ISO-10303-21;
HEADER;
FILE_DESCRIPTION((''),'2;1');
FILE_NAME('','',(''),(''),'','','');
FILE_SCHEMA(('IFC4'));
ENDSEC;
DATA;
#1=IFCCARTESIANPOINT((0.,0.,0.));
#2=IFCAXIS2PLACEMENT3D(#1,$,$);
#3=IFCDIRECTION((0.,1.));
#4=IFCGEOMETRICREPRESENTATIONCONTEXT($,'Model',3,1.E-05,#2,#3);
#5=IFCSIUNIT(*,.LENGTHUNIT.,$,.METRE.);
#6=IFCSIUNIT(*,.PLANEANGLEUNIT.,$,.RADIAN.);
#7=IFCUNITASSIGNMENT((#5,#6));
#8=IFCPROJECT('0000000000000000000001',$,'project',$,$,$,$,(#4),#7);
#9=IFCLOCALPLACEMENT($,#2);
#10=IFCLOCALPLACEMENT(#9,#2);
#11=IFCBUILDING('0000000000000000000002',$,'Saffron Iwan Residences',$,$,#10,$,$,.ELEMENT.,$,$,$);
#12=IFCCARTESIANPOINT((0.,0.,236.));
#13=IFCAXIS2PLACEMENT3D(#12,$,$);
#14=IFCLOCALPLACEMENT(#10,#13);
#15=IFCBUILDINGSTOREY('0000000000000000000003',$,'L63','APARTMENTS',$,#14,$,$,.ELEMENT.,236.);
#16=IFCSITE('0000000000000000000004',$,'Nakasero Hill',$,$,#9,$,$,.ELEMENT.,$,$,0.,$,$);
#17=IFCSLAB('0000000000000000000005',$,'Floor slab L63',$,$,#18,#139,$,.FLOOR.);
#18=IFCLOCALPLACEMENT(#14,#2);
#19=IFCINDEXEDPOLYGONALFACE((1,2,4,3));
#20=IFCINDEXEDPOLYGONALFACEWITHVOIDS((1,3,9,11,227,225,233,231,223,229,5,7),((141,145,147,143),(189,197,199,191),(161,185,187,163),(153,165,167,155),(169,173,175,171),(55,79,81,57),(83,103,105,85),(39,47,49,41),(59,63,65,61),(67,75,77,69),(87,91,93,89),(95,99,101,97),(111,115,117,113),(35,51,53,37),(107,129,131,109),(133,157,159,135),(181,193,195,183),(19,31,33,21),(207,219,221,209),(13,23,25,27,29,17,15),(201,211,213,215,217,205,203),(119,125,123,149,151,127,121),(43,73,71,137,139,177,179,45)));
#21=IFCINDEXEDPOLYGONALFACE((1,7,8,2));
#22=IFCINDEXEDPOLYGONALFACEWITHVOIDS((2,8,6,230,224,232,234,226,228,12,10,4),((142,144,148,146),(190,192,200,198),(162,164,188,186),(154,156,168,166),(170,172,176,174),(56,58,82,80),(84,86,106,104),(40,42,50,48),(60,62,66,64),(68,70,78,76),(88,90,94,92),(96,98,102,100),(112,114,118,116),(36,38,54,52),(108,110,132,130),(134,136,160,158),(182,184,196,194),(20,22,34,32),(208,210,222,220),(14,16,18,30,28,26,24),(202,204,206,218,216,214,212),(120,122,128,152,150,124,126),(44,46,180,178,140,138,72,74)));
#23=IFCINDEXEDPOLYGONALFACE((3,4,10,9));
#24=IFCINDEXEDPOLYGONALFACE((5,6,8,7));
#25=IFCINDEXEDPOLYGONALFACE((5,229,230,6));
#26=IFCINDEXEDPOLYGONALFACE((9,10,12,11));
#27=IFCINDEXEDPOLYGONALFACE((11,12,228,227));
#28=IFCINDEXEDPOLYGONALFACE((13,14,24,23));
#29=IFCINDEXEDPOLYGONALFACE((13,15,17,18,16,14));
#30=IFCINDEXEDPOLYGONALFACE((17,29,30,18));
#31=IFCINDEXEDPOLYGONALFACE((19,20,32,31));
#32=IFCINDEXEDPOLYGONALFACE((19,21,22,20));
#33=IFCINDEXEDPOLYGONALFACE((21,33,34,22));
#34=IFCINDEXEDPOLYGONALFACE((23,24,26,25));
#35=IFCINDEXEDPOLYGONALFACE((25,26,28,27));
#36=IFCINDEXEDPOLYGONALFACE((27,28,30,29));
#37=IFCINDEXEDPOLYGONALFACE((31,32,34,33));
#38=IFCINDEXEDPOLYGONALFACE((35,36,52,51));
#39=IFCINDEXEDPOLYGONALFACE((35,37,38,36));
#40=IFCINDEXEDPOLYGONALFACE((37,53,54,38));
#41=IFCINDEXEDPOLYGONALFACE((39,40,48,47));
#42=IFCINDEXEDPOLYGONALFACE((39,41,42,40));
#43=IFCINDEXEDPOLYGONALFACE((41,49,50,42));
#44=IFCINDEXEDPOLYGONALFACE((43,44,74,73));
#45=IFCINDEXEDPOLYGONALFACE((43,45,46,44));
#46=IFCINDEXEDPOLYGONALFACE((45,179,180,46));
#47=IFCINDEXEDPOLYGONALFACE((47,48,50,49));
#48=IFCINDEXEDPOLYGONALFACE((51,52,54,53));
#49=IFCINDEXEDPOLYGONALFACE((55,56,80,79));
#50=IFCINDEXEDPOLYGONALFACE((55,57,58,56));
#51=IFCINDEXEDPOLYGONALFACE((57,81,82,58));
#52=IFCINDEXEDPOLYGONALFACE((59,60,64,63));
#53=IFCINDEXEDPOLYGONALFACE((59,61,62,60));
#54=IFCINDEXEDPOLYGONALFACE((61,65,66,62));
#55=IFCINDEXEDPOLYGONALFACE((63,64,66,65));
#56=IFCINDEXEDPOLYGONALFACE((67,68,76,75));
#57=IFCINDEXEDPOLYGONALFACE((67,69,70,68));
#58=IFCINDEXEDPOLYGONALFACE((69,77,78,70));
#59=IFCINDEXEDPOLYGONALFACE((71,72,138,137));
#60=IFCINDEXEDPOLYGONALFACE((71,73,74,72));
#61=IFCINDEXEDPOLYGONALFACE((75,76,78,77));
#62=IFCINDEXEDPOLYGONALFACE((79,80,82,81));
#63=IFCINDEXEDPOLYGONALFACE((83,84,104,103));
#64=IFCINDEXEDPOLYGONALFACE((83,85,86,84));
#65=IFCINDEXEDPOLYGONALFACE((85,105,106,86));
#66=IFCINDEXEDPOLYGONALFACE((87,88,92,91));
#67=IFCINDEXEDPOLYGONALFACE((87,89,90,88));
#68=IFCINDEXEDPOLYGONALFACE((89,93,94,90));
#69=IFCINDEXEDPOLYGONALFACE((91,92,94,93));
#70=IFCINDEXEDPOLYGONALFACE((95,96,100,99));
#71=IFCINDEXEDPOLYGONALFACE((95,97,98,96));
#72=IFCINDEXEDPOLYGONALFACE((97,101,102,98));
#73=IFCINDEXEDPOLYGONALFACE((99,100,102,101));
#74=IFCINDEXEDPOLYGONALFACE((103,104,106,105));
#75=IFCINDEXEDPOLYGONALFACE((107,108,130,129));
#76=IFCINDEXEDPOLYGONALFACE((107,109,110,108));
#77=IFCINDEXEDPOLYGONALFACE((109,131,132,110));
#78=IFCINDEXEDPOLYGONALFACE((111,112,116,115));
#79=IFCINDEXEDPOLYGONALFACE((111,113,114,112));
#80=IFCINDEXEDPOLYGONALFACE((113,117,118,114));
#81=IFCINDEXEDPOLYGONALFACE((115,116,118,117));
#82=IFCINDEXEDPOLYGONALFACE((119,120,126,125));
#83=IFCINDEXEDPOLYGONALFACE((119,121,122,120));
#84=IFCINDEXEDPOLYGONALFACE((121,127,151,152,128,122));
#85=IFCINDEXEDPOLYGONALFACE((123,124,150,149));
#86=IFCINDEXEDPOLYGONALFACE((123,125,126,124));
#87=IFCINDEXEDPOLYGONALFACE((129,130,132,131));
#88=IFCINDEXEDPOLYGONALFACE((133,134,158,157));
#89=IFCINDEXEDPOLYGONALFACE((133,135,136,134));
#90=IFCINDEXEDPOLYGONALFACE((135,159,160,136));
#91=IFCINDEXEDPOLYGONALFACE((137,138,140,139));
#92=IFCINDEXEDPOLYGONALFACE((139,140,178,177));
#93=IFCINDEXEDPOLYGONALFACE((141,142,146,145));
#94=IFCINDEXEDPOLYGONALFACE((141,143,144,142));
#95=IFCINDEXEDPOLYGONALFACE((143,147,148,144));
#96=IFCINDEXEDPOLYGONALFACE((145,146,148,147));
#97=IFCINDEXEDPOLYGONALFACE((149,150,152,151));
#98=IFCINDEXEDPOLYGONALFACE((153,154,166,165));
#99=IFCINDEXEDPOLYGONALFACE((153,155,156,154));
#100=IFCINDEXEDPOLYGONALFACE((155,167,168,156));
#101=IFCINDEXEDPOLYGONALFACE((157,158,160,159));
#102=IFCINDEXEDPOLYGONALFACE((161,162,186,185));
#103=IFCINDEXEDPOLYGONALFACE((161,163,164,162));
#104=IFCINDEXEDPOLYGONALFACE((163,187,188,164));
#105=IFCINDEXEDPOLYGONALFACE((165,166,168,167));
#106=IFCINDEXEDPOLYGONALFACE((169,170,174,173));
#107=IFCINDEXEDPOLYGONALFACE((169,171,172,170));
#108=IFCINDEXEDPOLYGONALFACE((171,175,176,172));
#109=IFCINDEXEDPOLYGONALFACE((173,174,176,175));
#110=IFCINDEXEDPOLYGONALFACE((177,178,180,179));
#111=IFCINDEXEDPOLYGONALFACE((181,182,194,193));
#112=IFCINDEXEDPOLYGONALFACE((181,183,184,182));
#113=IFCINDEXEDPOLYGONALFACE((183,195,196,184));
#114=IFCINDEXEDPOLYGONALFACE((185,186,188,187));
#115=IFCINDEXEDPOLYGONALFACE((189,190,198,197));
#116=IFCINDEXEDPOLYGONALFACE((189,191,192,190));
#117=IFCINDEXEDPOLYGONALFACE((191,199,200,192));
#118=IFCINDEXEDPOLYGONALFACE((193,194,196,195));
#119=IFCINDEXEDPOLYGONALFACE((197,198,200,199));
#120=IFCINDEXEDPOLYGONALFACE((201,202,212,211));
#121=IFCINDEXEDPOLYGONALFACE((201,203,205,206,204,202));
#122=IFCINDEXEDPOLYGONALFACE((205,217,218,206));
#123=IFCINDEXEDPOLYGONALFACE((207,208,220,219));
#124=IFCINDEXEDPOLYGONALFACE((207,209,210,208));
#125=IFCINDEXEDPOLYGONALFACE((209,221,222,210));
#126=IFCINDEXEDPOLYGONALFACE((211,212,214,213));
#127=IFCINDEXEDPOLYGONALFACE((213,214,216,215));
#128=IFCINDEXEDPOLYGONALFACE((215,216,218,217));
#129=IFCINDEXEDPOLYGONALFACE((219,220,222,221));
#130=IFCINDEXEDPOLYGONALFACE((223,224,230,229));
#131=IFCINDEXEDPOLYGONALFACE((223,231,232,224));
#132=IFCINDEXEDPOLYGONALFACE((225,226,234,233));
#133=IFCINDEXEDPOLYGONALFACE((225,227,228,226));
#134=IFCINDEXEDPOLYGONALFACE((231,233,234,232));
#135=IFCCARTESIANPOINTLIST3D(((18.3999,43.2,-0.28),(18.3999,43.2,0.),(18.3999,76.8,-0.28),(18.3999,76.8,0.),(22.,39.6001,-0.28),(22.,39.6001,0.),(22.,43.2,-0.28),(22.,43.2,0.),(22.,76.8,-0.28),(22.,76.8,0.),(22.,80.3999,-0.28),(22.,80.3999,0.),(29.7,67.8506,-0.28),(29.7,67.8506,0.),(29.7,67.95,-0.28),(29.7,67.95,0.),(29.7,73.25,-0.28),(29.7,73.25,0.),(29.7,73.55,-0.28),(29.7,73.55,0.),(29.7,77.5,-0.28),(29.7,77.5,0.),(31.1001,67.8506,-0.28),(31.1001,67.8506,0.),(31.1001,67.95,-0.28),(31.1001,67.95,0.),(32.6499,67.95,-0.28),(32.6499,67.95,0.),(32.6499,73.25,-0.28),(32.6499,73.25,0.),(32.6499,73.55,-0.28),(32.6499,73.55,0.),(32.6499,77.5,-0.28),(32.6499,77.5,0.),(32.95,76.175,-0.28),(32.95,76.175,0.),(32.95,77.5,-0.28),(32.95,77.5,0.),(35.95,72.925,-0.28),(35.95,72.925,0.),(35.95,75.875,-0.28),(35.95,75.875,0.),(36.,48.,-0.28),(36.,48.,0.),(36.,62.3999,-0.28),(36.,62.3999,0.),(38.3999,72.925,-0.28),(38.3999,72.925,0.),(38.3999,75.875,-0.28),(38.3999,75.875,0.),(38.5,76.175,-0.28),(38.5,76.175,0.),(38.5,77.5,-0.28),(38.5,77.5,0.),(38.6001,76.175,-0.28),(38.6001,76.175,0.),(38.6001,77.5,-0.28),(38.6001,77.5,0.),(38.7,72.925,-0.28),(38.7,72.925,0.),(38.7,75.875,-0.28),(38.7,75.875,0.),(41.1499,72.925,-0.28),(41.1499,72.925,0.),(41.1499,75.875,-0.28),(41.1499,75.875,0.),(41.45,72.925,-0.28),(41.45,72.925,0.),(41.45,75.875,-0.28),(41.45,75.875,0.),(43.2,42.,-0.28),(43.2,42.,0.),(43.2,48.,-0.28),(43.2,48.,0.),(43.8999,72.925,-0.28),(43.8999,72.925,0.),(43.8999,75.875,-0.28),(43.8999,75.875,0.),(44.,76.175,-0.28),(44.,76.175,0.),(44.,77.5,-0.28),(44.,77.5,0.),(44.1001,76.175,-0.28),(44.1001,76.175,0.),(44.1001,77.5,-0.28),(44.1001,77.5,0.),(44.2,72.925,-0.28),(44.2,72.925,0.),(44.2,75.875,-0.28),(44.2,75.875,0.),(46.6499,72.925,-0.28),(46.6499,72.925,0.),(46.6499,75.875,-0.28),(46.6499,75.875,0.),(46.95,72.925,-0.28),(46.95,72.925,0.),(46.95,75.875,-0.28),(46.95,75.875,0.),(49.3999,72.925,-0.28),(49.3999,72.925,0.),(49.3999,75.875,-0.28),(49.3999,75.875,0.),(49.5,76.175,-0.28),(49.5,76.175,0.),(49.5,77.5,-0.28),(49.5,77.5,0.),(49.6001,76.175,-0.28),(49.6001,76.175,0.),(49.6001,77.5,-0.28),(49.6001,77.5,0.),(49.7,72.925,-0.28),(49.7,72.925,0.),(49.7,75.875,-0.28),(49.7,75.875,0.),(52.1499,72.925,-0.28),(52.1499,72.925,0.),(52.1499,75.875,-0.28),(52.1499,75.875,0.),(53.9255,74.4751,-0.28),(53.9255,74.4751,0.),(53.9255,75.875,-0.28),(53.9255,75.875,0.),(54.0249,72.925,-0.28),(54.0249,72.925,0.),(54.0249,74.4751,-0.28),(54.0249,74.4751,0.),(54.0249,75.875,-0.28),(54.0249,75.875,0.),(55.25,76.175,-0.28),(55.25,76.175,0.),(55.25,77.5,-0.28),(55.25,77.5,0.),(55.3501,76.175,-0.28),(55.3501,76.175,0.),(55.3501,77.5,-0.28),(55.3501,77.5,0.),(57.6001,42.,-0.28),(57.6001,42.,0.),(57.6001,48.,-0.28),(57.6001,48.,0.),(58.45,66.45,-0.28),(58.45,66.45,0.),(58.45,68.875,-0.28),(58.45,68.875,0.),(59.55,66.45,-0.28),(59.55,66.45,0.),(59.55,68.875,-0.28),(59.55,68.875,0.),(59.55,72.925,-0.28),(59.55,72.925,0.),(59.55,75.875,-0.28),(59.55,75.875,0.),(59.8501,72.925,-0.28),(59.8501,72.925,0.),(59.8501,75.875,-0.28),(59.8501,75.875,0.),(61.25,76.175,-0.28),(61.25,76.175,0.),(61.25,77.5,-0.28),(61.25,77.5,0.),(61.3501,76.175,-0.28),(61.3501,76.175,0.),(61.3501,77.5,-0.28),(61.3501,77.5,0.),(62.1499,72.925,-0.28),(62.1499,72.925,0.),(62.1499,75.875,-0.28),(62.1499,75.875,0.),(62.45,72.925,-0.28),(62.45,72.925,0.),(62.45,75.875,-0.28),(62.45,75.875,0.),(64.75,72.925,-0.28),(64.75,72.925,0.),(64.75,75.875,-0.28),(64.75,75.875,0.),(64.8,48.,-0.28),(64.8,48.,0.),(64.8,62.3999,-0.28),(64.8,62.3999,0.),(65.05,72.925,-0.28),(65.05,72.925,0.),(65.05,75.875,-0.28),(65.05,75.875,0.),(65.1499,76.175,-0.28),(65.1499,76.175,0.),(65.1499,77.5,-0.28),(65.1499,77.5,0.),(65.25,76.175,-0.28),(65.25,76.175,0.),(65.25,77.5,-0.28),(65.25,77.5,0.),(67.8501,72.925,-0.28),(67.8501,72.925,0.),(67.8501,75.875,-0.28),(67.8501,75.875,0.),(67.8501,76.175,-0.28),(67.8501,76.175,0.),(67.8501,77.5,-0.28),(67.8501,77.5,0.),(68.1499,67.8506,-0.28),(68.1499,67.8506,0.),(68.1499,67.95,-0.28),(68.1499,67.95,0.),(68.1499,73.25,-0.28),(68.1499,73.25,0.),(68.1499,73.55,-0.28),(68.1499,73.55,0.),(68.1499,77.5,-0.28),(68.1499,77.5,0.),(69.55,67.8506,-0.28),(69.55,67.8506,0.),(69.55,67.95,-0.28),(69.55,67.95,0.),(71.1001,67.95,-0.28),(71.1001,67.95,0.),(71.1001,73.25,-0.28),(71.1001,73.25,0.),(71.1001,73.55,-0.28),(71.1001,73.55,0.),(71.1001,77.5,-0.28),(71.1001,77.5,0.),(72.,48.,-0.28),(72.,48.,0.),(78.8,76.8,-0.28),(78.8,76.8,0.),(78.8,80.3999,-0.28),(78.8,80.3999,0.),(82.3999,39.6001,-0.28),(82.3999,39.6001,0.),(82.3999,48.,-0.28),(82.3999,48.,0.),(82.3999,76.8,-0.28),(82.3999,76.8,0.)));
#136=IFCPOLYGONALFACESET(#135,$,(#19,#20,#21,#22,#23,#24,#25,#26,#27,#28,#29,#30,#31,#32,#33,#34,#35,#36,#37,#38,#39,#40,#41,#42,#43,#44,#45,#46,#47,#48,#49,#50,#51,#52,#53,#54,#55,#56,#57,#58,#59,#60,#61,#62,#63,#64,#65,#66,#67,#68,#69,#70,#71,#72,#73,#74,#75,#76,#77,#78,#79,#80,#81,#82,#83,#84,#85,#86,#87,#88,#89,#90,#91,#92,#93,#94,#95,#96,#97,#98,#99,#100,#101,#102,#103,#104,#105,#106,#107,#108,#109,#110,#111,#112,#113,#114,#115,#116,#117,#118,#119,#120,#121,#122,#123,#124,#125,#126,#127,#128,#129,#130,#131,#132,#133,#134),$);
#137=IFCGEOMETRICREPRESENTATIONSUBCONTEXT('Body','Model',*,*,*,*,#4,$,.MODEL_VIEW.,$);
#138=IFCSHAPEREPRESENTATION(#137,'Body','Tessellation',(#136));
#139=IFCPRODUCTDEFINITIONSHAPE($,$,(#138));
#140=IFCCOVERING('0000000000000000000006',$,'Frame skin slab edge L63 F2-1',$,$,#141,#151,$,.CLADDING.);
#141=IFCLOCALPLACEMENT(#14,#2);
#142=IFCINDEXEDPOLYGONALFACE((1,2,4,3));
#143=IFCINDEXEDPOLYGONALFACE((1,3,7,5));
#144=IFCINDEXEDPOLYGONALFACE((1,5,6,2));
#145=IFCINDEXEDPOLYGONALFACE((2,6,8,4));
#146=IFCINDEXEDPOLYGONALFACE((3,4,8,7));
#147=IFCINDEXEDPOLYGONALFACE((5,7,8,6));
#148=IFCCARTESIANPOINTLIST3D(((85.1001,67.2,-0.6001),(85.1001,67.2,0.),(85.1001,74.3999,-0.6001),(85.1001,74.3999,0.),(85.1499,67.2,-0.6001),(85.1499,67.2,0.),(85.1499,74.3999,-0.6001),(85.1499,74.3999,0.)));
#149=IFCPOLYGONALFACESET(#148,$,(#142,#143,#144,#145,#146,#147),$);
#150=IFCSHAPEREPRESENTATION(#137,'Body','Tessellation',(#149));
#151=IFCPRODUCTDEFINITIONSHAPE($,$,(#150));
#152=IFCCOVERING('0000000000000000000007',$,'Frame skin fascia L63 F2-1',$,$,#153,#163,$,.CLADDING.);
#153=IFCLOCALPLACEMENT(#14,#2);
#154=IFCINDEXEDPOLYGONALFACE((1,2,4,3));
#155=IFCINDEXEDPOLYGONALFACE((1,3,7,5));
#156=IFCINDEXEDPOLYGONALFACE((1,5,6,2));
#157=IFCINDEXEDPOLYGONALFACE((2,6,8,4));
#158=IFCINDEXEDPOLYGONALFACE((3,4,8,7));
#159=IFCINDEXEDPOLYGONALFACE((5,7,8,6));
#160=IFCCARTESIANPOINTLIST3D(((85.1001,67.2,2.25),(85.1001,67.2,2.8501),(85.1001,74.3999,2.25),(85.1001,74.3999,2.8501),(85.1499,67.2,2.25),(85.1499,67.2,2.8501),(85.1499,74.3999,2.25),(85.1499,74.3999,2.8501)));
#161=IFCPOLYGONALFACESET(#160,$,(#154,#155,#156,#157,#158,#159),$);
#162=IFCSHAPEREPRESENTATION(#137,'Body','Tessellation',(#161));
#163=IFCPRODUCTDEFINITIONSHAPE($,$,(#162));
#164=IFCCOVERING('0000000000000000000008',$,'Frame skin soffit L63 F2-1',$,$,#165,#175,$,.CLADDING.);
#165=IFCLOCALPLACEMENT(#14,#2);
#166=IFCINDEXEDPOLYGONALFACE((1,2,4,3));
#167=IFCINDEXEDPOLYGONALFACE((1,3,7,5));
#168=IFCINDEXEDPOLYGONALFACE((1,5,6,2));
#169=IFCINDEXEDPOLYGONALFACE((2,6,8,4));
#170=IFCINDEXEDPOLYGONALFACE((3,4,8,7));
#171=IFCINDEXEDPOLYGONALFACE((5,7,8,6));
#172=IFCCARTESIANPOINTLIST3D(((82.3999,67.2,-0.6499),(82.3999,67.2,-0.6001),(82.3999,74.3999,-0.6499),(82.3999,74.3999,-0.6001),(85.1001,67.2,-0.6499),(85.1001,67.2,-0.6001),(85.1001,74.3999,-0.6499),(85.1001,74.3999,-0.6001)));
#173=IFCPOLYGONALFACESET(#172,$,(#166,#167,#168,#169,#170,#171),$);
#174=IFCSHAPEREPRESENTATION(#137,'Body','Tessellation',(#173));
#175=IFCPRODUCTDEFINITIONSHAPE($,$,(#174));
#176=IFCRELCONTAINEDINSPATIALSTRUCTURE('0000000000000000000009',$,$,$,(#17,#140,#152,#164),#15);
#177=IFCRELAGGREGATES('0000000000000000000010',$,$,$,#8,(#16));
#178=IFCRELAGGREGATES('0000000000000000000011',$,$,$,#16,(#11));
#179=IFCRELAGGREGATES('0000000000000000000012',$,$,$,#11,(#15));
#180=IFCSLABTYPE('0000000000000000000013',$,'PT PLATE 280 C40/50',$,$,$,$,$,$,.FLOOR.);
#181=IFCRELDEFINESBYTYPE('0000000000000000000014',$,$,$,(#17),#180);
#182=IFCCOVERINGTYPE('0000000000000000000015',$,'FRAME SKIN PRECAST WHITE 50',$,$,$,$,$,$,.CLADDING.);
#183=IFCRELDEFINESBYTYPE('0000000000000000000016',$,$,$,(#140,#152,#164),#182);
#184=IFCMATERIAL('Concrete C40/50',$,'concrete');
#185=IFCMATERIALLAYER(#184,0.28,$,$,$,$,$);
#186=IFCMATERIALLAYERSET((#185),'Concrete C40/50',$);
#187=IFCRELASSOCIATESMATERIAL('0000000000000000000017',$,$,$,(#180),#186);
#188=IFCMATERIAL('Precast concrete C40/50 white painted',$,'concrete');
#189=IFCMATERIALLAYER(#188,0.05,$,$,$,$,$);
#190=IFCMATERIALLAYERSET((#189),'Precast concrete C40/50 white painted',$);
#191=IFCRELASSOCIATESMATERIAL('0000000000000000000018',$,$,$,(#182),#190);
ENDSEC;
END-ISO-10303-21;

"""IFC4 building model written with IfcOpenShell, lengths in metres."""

from ifc_helpers import new_model, si_unit, direction, frame, origin, place, context, subcontext, project, spatial, polyline, outline, extrude, material, layer, layer_set, type_object, element, save


model = new_model("IFC4")

# Units and contexts
model_context = context("Model", 3, precision=1e-05, world=origin(), true_north=direction((0.0, 1.0)))
body_context = subcontext(model_context, "Body", "Model", "MODEL_VIEW")
ifc_project = project(units=[si_unit("LENGTHUNIT", "METRE"), si_unit("PLANEANGLEUNIT", "RADIAN")], contexts=[model_context])

# Site, building, storey
site_placement = place(None, origin())
site = spatial("IfcSite", under=ifc_project, at=site_placement, Name="Nakasero Hill", CompositionType="ELEMENT", RefElevation=0.0)
building_placement = place(site_placement, origin())
building = spatial("IfcBuilding", under=site, at=building_placement, Name="Saffron Iwan Residences", CompositionType="ELEMENT")
storey_placement = place(building_placement, frame((0.0, 0.0, 236.0)))
storey = spatial("IfcBuildingStorey", under=building, at=storey_placement, Name="L63", Description="APARTMENTS", CompositionType="ELEMENT", Elevation=236.0)

# Slab
ifc_material_1 = material(Name="Concrete C40/50", Category="concrete")
ifc_layer_1 = layer(ifc_material_1, 0.28)
ifc_layer_set_1 = layer_set([ifc_layer_1], Name="Concrete C40/50")
slab_type_1 = type_object("IfcSlabType", Name="PT PLATE 280 C40/50", PredefinedType="FLOOR", material=ifc_layer_set_1)
slab_1_placement = place(storey_placement, frame((0.0, 0.0, -0.28)))
element("IfcSlab", 1, at=slab_1_placement, inside=storey, type_object=slab_type_1, Name="Floor slab L63", PredefinedType="FLOOR", context=body_context, shape_type="SweptSolid", body=[
    extrude(outline(polyline([(18.3999, 43.2), (18.3999, 76.8), (22.0, 76.8), (22.0, 80.3999), (78.8, 80.3999), (78.8, 76.8), (82.3999, 76.8), (82.3999, 48.0), (72.0, 48.0), (82.3999, 39.6001), (22.0, 39.6001), (22.0, 43.2), (18.3999, 43.2)]), holes=[polyline([(64.8, 48.0), (64.8, 62.3999), (36.0, 62.3999), (36.0, 48.0), (43.2, 48.0), (43.2, 42.0), (57.6001, 42.0), (57.6001, 48.0), (64.8, 48.0)]), polyline([(29.7, 73.25), (29.7, 67.95), (29.7, 67.8506), (31.1001, 67.8506), (31.1001, 67.95), (32.6499, 67.95), (32.6499, 73.25), (29.7, 73.25)]), polyline([(38.3999, 75.875), (35.95, 75.875), (35.95, 72.925), (38.3999, 72.925), (38.3999, 75.875)]), polyline([(41.1499, 75.875), (38.7, 75.875), (38.7, 72.925), (41.1499, 72.925), (41.1499, 75.875)]), polyline([(43.8999, 72.925), (43.8999, 75.875), (41.45, 75.875), (41.45, 72.925), (43.8999, 72.925)]), polyline([(46.6499, 72.925), (46.6499, 75.875), (44.2, 75.875), (44.2, 72.925), (46.6499, 72.925)]), polyline([(49.3999, 75.875), (46.95, 75.875), (46.95, 72.925), (49.3999, 72.925), (49.3999, 75.875)]), polyline([(52.1499, 72.925), (52.1499, 75.875), (49.7, 75.875), (49.7, 72.925), (52.1499, 72.925)]), polyline([(32.6499, 73.55), (32.6499, 77.5), (29.7, 77.5), (29.7, 73.55), (32.6499, 73.55)]), polyline([(38.5, 77.5), (32.95, 77.5), (32.95, 76.175), (38.5, 76.175), (38.5, 77.5)]), polyline([(44.0, 76.175), (44.0, 77.5), (38.6001, 77.5), (38.6001, 76.175), (44.0, 76.175)]), polyline([(49.5, 76.175), (49.5, 77.5), (44.1001, 77.5), (44.1001, 76.175), (49.5, 76.175)]), polyline([(59.55, 68.875), (58.45, 68.875), (58.45, 66.45), (59.55, 66.45), (59.55, 68.875)]), polyline([(68.1499, 73.25), (68.1499, 67.95), (68.1499, 67.8506), (69.55, 67.8506), (69.55, 67.95), (71.1001, 67.95), (71.1001, 73.25), (68.1499, 73.25)]), polyline([(54.0249, 74.4751), (54.0249, 72.925), (59.55, 72.925), (59.55, 75.875), (54.0249, 75.875), (53.9255, 75.875), (53.9255, 74.4751), (54.0249, 74.4751)]), polyline([(62.1499, 72.925), (62.1499, 75.875), (59.8501, 75.875), (59.8501, 72.925), (62.1499, 72.925)]), polyline([(64.75, 72.925), (64.75, 75.875), (62.45, 75.875), (62.45, 72.925), (64.75, 72.925)]), polyline([(67.8501, 75.875), (65.05, 75.875), (65.05, 72.925), (67.8501, 72.925), (67.8501, 75.875)]), polyline([(71.1001, 73.55), (71.1001, 77.5), (68.1499, 77.5), (68.1499, 73.55), (71.1001, 73.55)]), polyline([(55.25, 76.175), (55.25, 77.5), (49.6001, 77.5), (49.6001, 76.175), (55.25, 76.175)]), polyline([(61.25, 77.5), (55.3501, 77.5), (55.3501, 76.175), (61.25, 76.175), (61.25, 77.5)]), polyline([(65.1499, 76.175), (65.1499, 77.5), (61.3501, 77.5), (61.3501, 76.175), (65.1499, 76.175)]), polyline([(67.8501, 76.175), (67.8501, 77.5), (65.25, 77.5), (65.25, 76.175), (67.8501, 76.175)])]), origin(), (0.0, 0.0, 1.0), 0.28),
])

# Coverings
ifc_material_2 = material(Name="Precast concrete C40/50 white painted", Category="concrete")
ifc_layer_2 = layer(ifc_material_2, 0.05)
ifc_layer_set_2 = layer_set([ifc_layer_2], Name="Precast concrete C40/50 white painted")
covering_type_1 = type_object("IfcCoveringType", Name="FRAME SKIN PRECAST WHITE 50", PredefinedType="CLADDING", material=ifc_layer_set_2)
for number, where, name in (
    (2, (0.0, 0.0, -0.6001), "Frame skin slab edge L63 F2-1"),
    (3, (0.0, 0.0, 2.25), "Frame skin fascia L63 F2-1"),
):
    element("IfcCovering", number, at=place(storey_placement, frame(where)), inside=storey, type_object=covering_type_1, Name=name, PredefinedType="CLADDING", context=body_context, shape_type="SweptSolid", body=[
        extrude(outline(polyline([(85.1499, 67.2), (85.1499, 74.3999), (85.1001, 74.3999), (85.1001, 67.2), (85.1499, 67.2)])), origin(), (0.0, 0.0, 1.0), 0.6001),
    ])
covering_1_placement = place(storey_placement, frame((0.0, 0.0, -0.6499)))
element("IfcCovering", 4, at=covering_1_placement, inside=storey, type_object=covering_type_1, Name="Frame skin soffit L63 F2-1", PredefinedType="CLADDING", context=body_context, shape_type="SweptSolid", body=[
    extrude(outline(polyline([(85.1001, 67.2), (85.1001, 74.3999), (82.3999, 74.3999), (82.3999, 67.2), (85.1001, 67.2)])), origin(), (0.0, 0.0, 1.0), 0.0498),
])

save(model, "model.ifc")
